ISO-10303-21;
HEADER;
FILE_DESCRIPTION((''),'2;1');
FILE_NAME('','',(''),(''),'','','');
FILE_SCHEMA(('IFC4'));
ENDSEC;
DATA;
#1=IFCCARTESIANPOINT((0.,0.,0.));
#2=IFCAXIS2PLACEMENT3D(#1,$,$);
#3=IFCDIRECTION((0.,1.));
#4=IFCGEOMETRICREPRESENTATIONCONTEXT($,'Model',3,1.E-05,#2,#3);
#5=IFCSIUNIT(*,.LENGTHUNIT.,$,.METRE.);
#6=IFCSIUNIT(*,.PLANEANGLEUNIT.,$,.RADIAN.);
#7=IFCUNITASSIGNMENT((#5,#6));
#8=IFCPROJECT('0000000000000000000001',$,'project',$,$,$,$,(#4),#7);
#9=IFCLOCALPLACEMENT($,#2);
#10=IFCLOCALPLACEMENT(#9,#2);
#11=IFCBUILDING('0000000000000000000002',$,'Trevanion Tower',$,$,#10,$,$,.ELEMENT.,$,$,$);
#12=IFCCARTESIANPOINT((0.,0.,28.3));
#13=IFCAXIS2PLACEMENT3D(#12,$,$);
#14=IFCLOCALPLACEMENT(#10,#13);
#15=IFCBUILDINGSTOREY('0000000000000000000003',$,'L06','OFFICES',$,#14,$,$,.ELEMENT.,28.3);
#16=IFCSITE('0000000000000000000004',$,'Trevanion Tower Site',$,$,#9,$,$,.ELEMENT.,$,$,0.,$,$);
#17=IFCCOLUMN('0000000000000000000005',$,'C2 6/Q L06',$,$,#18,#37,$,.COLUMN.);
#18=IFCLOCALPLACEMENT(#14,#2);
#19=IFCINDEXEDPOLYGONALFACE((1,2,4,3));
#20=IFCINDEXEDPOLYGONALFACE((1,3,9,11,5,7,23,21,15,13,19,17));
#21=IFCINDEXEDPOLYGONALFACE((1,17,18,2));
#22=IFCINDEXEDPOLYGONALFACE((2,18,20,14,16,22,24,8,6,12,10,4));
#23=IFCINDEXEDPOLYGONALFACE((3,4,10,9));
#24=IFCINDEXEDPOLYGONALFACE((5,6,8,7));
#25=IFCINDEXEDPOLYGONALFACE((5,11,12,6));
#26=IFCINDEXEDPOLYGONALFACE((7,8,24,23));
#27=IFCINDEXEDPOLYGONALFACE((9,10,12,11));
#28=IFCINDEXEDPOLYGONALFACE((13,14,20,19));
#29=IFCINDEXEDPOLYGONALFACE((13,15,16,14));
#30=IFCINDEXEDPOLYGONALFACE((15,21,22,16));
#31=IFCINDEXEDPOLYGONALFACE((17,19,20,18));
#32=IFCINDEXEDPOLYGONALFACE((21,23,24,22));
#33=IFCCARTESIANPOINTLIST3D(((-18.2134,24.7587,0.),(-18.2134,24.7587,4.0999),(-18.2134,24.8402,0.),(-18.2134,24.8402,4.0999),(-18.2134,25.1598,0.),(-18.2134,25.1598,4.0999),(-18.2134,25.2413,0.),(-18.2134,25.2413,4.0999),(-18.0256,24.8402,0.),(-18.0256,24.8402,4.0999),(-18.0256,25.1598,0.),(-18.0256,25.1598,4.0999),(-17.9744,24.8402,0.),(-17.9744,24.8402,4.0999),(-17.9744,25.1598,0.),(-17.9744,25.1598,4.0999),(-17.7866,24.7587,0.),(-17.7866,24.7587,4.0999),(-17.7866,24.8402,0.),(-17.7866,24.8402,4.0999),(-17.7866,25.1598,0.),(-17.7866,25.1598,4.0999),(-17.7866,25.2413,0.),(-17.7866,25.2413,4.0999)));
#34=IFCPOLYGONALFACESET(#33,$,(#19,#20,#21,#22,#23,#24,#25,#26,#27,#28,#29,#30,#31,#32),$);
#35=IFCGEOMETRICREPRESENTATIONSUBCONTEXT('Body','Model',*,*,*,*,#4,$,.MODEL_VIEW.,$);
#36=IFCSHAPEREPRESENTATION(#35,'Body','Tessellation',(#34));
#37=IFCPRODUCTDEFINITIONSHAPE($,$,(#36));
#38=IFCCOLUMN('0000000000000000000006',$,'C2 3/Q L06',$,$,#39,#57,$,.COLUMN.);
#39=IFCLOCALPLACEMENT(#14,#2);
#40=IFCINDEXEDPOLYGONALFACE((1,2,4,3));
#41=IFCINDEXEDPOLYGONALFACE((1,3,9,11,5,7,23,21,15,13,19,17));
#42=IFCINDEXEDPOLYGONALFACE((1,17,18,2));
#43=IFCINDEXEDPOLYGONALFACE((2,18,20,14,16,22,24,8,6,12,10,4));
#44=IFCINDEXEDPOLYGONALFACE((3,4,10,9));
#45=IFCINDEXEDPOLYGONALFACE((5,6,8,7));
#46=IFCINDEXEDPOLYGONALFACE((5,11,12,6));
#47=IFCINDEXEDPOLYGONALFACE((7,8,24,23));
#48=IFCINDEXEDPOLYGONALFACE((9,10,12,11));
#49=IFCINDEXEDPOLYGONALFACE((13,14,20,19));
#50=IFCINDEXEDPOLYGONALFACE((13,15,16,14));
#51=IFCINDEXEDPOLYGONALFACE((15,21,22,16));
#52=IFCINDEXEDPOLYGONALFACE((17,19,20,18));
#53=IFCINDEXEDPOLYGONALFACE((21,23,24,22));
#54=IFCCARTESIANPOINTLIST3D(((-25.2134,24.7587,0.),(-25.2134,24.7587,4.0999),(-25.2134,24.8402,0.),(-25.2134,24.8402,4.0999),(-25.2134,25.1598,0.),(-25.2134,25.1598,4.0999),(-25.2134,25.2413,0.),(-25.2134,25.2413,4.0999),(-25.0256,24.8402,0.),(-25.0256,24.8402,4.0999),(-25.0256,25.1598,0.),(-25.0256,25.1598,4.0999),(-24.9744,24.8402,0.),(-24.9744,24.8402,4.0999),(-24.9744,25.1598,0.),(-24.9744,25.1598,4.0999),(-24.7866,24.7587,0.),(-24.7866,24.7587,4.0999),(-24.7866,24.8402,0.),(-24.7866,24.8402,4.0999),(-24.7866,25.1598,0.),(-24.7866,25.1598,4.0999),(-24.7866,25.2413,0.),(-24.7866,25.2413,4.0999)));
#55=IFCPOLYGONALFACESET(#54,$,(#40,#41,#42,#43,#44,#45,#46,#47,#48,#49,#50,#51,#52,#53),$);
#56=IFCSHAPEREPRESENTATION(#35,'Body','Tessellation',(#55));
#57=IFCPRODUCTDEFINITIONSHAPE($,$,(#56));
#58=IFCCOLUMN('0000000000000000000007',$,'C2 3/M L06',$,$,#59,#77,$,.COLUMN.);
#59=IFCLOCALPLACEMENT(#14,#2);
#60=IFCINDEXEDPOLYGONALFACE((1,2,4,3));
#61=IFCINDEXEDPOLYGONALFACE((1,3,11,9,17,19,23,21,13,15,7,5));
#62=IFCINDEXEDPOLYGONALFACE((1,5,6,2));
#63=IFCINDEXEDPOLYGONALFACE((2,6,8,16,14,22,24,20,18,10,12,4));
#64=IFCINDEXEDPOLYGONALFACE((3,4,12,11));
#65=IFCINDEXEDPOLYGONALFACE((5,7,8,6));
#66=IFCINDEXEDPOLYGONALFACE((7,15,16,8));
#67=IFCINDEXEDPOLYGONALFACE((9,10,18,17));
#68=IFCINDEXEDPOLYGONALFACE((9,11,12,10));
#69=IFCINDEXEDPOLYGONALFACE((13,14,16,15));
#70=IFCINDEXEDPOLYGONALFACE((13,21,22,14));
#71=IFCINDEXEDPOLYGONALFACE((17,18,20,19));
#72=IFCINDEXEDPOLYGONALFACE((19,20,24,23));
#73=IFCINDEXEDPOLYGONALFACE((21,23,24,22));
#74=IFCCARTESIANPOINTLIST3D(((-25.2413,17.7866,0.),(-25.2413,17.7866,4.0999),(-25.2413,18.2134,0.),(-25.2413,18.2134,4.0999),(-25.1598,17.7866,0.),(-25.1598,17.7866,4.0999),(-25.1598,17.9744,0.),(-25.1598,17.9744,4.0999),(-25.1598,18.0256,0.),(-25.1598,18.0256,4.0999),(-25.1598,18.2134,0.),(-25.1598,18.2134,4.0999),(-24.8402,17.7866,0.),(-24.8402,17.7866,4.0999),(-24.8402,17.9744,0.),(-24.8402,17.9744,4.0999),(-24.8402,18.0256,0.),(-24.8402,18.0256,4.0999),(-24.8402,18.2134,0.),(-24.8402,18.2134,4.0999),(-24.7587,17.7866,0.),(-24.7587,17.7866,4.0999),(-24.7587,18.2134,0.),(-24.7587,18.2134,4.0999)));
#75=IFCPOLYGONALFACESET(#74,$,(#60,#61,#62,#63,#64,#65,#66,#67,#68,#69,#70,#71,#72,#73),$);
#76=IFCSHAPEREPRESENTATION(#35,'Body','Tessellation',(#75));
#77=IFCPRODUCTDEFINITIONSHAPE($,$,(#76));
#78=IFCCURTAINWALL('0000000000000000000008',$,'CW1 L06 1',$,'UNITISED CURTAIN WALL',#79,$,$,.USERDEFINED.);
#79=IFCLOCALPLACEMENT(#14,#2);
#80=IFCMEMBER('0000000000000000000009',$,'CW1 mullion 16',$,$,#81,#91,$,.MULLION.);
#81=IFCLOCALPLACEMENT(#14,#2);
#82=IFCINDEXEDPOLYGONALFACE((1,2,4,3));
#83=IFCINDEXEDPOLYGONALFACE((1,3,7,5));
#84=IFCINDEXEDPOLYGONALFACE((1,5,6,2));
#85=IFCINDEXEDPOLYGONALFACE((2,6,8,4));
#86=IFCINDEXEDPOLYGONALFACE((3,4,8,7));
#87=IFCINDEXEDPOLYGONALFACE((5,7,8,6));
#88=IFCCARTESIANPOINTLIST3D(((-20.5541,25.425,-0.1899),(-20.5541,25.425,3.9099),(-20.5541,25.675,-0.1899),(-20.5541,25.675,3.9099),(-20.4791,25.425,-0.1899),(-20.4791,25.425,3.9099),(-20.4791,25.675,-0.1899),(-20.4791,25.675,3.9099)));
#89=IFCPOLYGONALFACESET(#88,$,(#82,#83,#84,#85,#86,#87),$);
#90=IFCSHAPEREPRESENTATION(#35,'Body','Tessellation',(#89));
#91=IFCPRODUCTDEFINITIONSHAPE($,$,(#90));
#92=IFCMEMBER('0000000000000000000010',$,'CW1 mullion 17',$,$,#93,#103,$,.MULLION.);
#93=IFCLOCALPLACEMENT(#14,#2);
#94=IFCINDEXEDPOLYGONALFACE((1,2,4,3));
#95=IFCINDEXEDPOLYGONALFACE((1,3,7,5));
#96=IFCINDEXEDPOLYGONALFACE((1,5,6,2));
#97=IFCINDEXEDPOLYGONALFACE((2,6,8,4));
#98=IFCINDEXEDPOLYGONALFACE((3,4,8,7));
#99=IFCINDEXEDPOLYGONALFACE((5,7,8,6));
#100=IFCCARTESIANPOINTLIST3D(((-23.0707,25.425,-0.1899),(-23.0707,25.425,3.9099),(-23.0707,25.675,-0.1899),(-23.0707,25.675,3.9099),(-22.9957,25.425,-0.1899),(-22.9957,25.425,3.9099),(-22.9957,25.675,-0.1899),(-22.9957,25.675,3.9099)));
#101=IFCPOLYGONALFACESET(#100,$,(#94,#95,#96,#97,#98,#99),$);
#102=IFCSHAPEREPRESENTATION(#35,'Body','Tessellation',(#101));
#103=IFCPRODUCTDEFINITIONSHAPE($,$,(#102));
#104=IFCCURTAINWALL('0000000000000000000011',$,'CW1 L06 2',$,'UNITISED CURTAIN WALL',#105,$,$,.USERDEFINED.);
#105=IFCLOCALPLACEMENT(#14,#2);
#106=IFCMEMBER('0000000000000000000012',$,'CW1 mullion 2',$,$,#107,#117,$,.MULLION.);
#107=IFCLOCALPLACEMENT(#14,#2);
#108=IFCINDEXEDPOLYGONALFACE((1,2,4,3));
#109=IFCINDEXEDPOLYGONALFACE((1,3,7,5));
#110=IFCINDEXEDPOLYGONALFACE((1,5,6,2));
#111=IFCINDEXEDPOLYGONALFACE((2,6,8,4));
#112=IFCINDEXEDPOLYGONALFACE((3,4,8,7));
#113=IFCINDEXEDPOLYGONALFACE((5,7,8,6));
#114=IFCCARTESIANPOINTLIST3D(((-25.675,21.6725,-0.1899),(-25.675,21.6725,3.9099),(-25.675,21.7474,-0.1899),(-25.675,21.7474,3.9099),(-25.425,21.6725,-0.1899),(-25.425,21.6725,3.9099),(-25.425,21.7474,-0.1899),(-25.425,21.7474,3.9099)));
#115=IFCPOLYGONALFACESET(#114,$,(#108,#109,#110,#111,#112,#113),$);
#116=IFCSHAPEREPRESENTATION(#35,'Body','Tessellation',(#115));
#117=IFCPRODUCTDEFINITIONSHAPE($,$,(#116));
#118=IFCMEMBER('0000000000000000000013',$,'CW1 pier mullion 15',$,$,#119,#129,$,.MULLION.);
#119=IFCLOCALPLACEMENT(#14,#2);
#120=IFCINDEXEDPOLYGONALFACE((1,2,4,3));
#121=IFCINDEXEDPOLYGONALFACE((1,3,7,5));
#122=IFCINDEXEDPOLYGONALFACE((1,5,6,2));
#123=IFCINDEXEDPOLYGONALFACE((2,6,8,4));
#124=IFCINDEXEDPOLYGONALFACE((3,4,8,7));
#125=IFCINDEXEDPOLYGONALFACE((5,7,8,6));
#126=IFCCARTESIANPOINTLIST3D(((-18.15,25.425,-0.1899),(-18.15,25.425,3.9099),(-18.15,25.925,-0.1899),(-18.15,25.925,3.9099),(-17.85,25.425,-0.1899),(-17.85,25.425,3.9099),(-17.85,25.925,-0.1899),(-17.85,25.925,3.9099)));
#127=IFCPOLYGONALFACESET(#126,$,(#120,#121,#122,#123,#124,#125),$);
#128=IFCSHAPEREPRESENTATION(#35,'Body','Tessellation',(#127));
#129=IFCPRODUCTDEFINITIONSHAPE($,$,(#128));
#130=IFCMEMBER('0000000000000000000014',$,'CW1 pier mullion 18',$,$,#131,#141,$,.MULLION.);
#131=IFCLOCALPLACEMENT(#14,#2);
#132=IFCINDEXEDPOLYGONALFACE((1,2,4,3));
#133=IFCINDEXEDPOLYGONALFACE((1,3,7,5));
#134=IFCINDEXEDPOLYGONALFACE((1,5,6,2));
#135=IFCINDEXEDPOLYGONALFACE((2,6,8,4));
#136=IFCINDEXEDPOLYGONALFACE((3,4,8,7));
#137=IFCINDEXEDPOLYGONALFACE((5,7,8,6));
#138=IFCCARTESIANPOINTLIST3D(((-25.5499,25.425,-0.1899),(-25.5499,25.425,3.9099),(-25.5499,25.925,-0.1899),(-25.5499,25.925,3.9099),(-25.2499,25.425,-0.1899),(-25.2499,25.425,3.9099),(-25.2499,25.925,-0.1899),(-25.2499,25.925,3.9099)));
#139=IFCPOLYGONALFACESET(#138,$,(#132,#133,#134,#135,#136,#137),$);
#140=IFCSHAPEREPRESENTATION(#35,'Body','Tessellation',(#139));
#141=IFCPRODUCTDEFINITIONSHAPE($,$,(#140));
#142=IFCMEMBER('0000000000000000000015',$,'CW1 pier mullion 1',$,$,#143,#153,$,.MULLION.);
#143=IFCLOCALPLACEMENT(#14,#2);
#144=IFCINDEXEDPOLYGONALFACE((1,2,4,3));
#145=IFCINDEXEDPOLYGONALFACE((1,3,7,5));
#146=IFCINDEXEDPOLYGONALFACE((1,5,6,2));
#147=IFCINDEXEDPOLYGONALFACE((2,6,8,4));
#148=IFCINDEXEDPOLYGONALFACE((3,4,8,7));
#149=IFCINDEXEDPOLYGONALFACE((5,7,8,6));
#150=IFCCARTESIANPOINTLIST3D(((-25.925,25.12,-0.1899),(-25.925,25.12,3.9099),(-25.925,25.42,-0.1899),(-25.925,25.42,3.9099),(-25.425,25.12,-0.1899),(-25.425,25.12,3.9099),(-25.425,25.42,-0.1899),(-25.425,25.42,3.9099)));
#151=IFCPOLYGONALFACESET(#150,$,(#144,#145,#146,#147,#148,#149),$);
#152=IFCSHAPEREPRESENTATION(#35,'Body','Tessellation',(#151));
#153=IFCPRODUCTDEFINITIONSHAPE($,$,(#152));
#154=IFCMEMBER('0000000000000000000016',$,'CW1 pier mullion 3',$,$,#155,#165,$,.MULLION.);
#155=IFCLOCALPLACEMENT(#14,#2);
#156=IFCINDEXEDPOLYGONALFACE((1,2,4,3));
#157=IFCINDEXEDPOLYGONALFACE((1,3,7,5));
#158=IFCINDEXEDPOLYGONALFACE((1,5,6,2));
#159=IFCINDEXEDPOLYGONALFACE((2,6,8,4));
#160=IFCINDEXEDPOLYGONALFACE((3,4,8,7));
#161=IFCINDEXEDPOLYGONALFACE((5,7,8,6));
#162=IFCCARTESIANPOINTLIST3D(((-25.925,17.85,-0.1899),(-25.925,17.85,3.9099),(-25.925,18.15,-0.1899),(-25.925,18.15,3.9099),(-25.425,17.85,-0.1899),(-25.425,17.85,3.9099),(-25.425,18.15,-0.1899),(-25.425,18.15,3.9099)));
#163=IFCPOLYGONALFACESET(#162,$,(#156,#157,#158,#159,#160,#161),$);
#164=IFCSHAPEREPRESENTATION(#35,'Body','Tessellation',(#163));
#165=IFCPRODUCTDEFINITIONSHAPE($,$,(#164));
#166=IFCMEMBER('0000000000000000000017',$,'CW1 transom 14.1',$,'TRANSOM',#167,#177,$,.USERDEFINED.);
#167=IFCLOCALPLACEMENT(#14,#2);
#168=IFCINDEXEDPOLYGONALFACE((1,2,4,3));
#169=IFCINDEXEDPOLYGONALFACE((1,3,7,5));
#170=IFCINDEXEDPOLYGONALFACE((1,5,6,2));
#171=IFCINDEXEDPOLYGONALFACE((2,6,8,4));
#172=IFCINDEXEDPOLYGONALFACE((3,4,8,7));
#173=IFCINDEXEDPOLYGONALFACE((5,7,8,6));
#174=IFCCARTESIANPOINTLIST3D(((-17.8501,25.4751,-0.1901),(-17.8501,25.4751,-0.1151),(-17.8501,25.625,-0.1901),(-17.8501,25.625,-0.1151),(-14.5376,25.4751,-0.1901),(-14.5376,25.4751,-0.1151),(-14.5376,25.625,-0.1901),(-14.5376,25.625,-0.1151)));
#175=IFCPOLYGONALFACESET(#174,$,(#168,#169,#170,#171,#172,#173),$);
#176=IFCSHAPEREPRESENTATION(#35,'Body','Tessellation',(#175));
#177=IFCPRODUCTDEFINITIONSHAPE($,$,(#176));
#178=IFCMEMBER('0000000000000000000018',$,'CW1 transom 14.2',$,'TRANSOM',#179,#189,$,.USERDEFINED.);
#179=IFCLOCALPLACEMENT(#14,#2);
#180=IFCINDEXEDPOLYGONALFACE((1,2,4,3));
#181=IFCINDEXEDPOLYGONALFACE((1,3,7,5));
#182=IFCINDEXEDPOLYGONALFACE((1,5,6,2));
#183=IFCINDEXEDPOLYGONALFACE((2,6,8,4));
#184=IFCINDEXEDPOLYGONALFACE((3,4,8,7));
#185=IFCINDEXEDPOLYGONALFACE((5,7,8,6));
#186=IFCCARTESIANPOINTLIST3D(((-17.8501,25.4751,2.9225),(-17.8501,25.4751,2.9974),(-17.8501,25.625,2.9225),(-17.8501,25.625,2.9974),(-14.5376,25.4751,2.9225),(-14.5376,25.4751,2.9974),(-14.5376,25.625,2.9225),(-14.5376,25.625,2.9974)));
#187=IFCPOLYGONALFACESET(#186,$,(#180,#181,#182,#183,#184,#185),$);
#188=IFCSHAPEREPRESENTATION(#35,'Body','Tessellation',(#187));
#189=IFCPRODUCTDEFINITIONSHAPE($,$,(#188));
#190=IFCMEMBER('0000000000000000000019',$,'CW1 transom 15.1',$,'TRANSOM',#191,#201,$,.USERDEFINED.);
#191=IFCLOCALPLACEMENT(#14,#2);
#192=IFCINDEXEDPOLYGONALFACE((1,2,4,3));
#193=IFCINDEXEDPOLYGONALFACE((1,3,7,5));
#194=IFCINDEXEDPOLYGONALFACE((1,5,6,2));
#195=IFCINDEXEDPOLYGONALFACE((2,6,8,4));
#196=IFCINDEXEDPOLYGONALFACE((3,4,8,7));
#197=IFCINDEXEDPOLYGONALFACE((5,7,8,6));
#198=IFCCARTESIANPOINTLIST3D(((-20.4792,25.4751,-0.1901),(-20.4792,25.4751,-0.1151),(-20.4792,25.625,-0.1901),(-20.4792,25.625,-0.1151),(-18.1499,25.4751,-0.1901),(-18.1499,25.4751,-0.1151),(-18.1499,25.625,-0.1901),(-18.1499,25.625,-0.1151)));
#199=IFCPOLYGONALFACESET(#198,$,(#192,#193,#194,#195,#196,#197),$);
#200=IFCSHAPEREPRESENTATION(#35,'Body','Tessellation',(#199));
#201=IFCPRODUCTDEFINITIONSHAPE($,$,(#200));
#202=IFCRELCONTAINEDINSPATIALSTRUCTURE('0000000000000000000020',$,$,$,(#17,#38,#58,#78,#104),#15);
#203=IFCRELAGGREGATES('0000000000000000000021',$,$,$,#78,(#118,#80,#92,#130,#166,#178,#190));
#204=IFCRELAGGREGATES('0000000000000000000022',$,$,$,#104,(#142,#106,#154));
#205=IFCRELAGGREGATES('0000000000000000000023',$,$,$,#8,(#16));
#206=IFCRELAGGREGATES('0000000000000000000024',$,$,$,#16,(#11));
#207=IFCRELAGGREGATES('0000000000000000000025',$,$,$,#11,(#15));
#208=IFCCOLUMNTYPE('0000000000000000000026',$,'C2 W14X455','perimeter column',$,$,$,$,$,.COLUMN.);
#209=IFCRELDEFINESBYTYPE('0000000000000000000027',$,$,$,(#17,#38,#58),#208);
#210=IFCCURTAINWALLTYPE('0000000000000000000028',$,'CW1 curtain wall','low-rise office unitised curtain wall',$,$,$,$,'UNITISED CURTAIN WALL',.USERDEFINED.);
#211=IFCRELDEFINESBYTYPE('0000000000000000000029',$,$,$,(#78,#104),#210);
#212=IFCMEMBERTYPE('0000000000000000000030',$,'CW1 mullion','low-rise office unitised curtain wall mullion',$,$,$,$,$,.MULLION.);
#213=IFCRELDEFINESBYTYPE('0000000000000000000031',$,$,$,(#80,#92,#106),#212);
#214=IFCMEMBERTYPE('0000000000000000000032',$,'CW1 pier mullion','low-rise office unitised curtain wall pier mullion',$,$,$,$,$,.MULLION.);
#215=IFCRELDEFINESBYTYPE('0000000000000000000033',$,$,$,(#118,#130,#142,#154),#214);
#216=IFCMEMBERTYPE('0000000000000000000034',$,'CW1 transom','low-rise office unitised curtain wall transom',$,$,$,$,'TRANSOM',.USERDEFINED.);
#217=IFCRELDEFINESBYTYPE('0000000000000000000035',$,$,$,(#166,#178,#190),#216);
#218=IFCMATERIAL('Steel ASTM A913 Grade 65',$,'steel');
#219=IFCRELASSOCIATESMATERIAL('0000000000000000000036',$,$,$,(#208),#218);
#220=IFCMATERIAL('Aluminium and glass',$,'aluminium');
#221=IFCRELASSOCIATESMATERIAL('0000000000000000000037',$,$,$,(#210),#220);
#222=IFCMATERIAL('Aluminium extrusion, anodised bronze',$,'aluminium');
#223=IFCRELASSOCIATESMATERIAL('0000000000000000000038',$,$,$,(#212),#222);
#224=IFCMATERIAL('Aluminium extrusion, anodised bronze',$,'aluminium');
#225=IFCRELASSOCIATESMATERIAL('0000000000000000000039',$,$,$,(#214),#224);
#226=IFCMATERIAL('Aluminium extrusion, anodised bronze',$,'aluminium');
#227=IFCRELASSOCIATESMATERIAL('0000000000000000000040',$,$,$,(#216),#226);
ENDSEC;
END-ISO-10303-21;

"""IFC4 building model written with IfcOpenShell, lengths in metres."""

from ifc_helpers import new_model, si_unit, direction, frame, origin, origin_2d, place, context, subcontext, project, spatial, rectangle, i_section, extrude, material, material_profile, profile_set, type_object, element, aggregate, save


model = new_model("IFC4")

# Units and contexts
model_context = context("Model", 3, precision=1e-05, world=origin(), true_north=direction((0.0, 1.0)))
body_context = subcontext(model_context, "Body", "Model", "MODEL_VIEW")
ifc_project = project(units=[si_unit("LENGTHUNIT", "METRE"), si_unit("PLANEANGLEUNIT", "RADIAN")], contexts=[model_context])

# Site, building, storey
site_placement = place(None, origin())
site = spatial("IfcSite", under=ifc_project, at=site_placement, Name="Trevanion Tower Site", CompositionType="ELEMENT", RefElevation=0.0)
building_placement = place(site_placement, origin())
building = spatial("IfcBuilding", under=site, at=building_placement, Name="Trevanion Tower", CompositionType="ELEMENT")
storey_placement = place(building_placement, frame((0.0, 0.0, 28.3)))
storey = spatial("IfcBuildingStorey", under=building, at=storey_placement, Name="L06", Description="OFFICES", CompositionType="ELEMENT", Elevation=28.3)

# Columns
ifc_material_1 = material(Name="Steel ASTM A913 Grade 65", Category="steel")
ifc_material_profile_1 = material_profile(ifc_material_1, i_section(OverallWidth=0.4268, OverallDepth=0.4827, WebThickness=0.0513, FlangeThickness=0.0815, at=origin_2d()), Name="W14X455")
ifc_profile_set_1 = profile_set([ifc_material_profile_1], Name="Steel ASTM A913 Grade 65")
column_type = type_object("IfcColumnType", Name="C2 W14X455", Description="perimeter column", PredefinedType="COLUMN", material=ifc_profile_set_1)
for number, where, z_axis, x_axis, name in (
    (1, (-18.0, 25.0, 0.0), (0.0, 0.0, 1.0), (1.0, 0.0, 0.0), "C2 6/Q L06"),
    (2, (-25.0, 25.0, 0.0), (0.0, 0.0, 1.0), (1.0, 0.0, 0.0), "C2 3/Q L06"),
    (3, (-25.0, 18.0, 0.0), (0.0, 0.0, 1.0), (0.0, 1.0, 0.0), "C2 3/M L06"),
):
    element("IfcColumn", number, at=place(storey_placement, frame(where, z_axis=z_axis, x_axis=x_axis)), inside=storey, type_object=column_type, Name=name, PredefinedType="COLUMN", context=body_context, shape_type="SweptSolid", body=[
        extrude(i_section(OverallWidth=0.4268, OverallDepth=0.4827, WebThickness=0.0513, FlangeThickness=0.0815, at=origin_2d()), origin(), (0.0, 0.0, 1.0), 4.0999),
    ])

# Curtain wall, members
ifc_material_2 = material(Name="Aluminium and glass", Category="aluminium")
curtain_wall_type = type_object("IfcCurtainWallType", Name="CW1 curtain wall", Description="low-rise office unitised curtain wall", ElementType="UNITISED CURTAIN WALL", PredefinedType="USERDEFINED", material=ifc_material_2)
curtain_wall_1_placement = place(storey_placement, origin())
curtain_wall_1 = element("IfcCurtainWall", 4, at=curtain_wall_1_placement, inside=storey, type_object=curtain_wall_type, Name="CW1 L06 1", ObjectType="UNITISED CURTAIN WALL", PredefinedType="USERDEFINED")
ifc_material_3 = material(Name="Aluminium extrusion, anodised bronze", Category="aluminium")
ifc_material_profile_2 = material_profile(ifc_material_3, rectangle(XDim=0.075, YDim=0.25, at=origin_2d()), Name="CW1 mullion")
ifc_profile_set_2 = profile_set([ifc_material_profile_2], Name="Aluminium extrusion, anodised bronze")
member_type_1 = type_object("IfcMemberType", Name="CW1 mullion", Description="low-rise office unitised curtain wall mullion", PredefinedType="MULLION", material=ifc_profile_set_2)
member_1_placement = place(storey_placement, frame((-20.5166, 25.55, -0.1899), z_axis=(0.0, 0.0, 1.0), x_axis=(-1.0, 0.0, 0.0)))
member_1 = element("IfcMember", 5, at=member_1_placement, type_object=member_type_1, Name="CW1 mullion 16", PredefinedType="MULLION", context=body_context, shape_type="SweptSolid", body=[
    extrude(rectangle(XDim=0.075, YDim=0.25, at=origin_2d()), origin(), (0.0, 0.0, 1.0), 4.0999),
])
member_2_placement = place(storey_placement, frame((-23.0332, 25.55, -0.1899), z_axis=(0.0, 0.0, 1.0), x_axis=(-1.0, 0.0, 0.0)))
member_2 = element("IfcMember", 6, at=member_2_placement, type_object=member_type_1, Name="CW1 mullion 17", PredefinedType="MULLION", context=body_context, shape_type="SweptSolid", body=[
    extrude(rectangle(XDim=0.075, YDim=0.25, at=origin_2d()), origin(), (0.0, 0.0, 1.0), 4.0999),
])

# Curtain wall, member
curtain_wall_2_placement = place(storey_placement, origin())
curtain_wall_2 = element("IfcCurtainWall", 7, at=curtain_wall_2_placement, inside=storey, type_object=curtain_wall_type, Name="CW1 L06 2", ObjectType="UNITISED CURTAIN WALL", PredefinedType="USERDEFINED")
member_3_placement = place(storey_placement, frame((-25.55, 21.71, -0.1899), z_axis=(0.0, 0.0, 1.0), x_axis=(0.0, -1.0, 0.0)))
member_3 = element("IfcMember", 8, at=member_3_placement, type_object=member_type_1, Name="CW1 mullion 2", PredefinedType="MULLION", context=body_context, shape_type="SweptSolid", body=[
    extrude(rectangle(XDim=0.075, YDim=0.25, at=origin_2d()), origin(), (0.0, 0.0, 1.0), 4.0999),
])

# Members
ifc_material_4 = material(Name="Aluminium extrusion, anodised bronze", Category="aluminium")
ifc_material_profile_3 = material_profile(ifc_material_4, rectangle(XDim=0.3, YDim=0.5, at=origin_2d()), Name="CW1 pier mullion")
ifc_profile_set_3 = profile_set([ifc_material_profile_3], Name="Aluminium extrusion, anodised bronze")
member_type_2 = type_object("IfcMemberType", Name="CW1 pier mullion", Description="low-rise office unitised curtain wall pier mullion", PredefinedType="MULLION", material=ifc_profile_set_3)
member_4_placement = place(storey_placement, frame((-18.0, 25.675, -0.1899), z_axis=(0.0, 0.0, 1.0), x_axis=(-1.0, 0.0, 0.0)))
member_4 = element("IfcMember", 9, at=member_4_placement, type_object=member_type_2, Name="CW1 pier mullion 15", PredefinedType="MULLION", context=body_context, shape_type="SweptSolid", body=[
    extrude(rectangle(XDim=0.3, YDim=0.5, at=origin_2d()), origin(), (0.0, 0.0, 1.0), 4.0999),
])
member_5_placement = place(storey_placement, frame((-25.3999, 25.675, -0.1899), z_axis=(0.0, 0.0, 1.0), x_axis=(-1.0, 0.0, 0.0)))
member_5 = element("IfcMember", 10, at=member_5_placement, type_object=member_type_2, Name="CW1 pier mullion 18", PredefinedType="MULLION", context=body_context, shape_type="SweptSolid", body=[
    extrude(rectangle(XDim=0.3, YDim=0.5, at=origin_2d()), origin(), (0.0, 0.0, 1.0), 4.0999),
])
member_6_placement = place(storey_placement, frame((-25.675, 25.27, -0.1899), z_axis=(0.0, 0.0, 1.0), x_axis=(0.0, -1.0, 0.0)))
member_6 = element("IfcMember", 11, at=member_6_placement, type_object=member_type_2, Name="CW1 pier mullion 1", PredefinedType="MULLION", context=body_context, shape_type="SweptSolid", body=[
    extrude(rectangle(XDim=0.3, YDim=0.5, at=origin_2d()), origin(), (0.0, 0.0, 1.0), 4.0999),
])
member_7_placement = place(storey_placement, frame((-25.675, 18.0, -0.1899), z_axis=(0.0, 0.0, 1.0), x_axis=(0.0, -1.0, 0.0)))
member_7 = element("IfcMember", 12, at=member_7_placement, type_object=member_type_2, Name="CW1 pier mullion 3", PredefinedType="MULLION", context=body_context, shape_type="SweptSolid", body=[
    extrude(rectangle(XDim=0.3, YDim=0.5, at=origin_2d()), origin(), (0.0, 0.0, 1.0), 4.0999),
])
ifc_material_5 = material(Name="Aluminium extrusion, anodised bronze", Category="aluminium")
ifc_material_profile_4 = material_profile(ifc_material_5, rectangle(XDim=0.1499, YDim=0.075, at=origin_2d()), Name="CW1 transom")
ifc_profile_set_4 = profile_set([ifc_material_profile_4], Name="Aluminium extrusion, anodised bronze")
member_type_3 = type_object("IfcMemberType", Name="CW1 transom", Description="low-rise office unitised curtain wall transom", ElementType="TRANSOM", PredefinedType="USERDEFINED", material=ifc_profile_set_4)
member_8_placement = place(storey_placement, frame((-14.5376, 25.55, -0.1526), z_axis=(-1.0, 0.0, 0.0), x_axis=(0.0, -1.0, 0.0)))
member_8 = element("IfcMember", 13, at=member_8_placement, type_object=member_type_3, Name="CW1 transom 14.1", ObjectType="TRANSOM", PredefinedType="USERDEFINED", context=body_context, shape_type="SweptSolid", body=[
    extrude(rectangle(XDim=0.1499, YDim=0.075, at=origin_2d()), origin(), (0.0, 0.0, 1.0), 3.3125),
])
member_9_placement = place(storey_placement, frame((-14.5376, 25.55, 2.96), z_axis=(-1.0, 0.0, 0.0), x_axis=(0.0, -1.0, 0.0)))
member_9 = element("IfcMember", 14, at=member_9_placement, type_object=member_type_3, Name="CW1 transom 14.2", ObjectType="TRANSOM", PredefinedType="USERDEFINED", context=body_context, shape_type="SweptSolid", body=[
    extrude(rectangle(XDim=0.1499, YDim=0.075, at=origin_2d()), origin(), (0.0, 0.0, 1.0), 3.3125),
])
member_10_placement = place(storey_placement, frame((-18.1499, 25.55, -0.1526), z_axis=(-1.0, 0.0, 0.0), x_axis=(0.0, -1.0, 0.0)))
member_10 = element("IfcMember", 15, at=member_10_placement, type_object=member_type_3, Name="CW1 transom 15.1", ObjectType="TRANSOM", PredefinedType="USERDEFINED", context=body_context, shape_type="SweptSolid", body=[
    extrude(rectangle(XDim=0.1499, YDim=0.075, at=origin_2d()), origin(), (0.0, 0.0, 1.0), 2.3293),
])

aggregate(curtain_wall_1, [member_4, member_1, member_2, member_5, member_8, member_9, member_10])
aggregate(curtain_wall_2, [member_6, member_3, member_7])

save(model, "model.ifc")
